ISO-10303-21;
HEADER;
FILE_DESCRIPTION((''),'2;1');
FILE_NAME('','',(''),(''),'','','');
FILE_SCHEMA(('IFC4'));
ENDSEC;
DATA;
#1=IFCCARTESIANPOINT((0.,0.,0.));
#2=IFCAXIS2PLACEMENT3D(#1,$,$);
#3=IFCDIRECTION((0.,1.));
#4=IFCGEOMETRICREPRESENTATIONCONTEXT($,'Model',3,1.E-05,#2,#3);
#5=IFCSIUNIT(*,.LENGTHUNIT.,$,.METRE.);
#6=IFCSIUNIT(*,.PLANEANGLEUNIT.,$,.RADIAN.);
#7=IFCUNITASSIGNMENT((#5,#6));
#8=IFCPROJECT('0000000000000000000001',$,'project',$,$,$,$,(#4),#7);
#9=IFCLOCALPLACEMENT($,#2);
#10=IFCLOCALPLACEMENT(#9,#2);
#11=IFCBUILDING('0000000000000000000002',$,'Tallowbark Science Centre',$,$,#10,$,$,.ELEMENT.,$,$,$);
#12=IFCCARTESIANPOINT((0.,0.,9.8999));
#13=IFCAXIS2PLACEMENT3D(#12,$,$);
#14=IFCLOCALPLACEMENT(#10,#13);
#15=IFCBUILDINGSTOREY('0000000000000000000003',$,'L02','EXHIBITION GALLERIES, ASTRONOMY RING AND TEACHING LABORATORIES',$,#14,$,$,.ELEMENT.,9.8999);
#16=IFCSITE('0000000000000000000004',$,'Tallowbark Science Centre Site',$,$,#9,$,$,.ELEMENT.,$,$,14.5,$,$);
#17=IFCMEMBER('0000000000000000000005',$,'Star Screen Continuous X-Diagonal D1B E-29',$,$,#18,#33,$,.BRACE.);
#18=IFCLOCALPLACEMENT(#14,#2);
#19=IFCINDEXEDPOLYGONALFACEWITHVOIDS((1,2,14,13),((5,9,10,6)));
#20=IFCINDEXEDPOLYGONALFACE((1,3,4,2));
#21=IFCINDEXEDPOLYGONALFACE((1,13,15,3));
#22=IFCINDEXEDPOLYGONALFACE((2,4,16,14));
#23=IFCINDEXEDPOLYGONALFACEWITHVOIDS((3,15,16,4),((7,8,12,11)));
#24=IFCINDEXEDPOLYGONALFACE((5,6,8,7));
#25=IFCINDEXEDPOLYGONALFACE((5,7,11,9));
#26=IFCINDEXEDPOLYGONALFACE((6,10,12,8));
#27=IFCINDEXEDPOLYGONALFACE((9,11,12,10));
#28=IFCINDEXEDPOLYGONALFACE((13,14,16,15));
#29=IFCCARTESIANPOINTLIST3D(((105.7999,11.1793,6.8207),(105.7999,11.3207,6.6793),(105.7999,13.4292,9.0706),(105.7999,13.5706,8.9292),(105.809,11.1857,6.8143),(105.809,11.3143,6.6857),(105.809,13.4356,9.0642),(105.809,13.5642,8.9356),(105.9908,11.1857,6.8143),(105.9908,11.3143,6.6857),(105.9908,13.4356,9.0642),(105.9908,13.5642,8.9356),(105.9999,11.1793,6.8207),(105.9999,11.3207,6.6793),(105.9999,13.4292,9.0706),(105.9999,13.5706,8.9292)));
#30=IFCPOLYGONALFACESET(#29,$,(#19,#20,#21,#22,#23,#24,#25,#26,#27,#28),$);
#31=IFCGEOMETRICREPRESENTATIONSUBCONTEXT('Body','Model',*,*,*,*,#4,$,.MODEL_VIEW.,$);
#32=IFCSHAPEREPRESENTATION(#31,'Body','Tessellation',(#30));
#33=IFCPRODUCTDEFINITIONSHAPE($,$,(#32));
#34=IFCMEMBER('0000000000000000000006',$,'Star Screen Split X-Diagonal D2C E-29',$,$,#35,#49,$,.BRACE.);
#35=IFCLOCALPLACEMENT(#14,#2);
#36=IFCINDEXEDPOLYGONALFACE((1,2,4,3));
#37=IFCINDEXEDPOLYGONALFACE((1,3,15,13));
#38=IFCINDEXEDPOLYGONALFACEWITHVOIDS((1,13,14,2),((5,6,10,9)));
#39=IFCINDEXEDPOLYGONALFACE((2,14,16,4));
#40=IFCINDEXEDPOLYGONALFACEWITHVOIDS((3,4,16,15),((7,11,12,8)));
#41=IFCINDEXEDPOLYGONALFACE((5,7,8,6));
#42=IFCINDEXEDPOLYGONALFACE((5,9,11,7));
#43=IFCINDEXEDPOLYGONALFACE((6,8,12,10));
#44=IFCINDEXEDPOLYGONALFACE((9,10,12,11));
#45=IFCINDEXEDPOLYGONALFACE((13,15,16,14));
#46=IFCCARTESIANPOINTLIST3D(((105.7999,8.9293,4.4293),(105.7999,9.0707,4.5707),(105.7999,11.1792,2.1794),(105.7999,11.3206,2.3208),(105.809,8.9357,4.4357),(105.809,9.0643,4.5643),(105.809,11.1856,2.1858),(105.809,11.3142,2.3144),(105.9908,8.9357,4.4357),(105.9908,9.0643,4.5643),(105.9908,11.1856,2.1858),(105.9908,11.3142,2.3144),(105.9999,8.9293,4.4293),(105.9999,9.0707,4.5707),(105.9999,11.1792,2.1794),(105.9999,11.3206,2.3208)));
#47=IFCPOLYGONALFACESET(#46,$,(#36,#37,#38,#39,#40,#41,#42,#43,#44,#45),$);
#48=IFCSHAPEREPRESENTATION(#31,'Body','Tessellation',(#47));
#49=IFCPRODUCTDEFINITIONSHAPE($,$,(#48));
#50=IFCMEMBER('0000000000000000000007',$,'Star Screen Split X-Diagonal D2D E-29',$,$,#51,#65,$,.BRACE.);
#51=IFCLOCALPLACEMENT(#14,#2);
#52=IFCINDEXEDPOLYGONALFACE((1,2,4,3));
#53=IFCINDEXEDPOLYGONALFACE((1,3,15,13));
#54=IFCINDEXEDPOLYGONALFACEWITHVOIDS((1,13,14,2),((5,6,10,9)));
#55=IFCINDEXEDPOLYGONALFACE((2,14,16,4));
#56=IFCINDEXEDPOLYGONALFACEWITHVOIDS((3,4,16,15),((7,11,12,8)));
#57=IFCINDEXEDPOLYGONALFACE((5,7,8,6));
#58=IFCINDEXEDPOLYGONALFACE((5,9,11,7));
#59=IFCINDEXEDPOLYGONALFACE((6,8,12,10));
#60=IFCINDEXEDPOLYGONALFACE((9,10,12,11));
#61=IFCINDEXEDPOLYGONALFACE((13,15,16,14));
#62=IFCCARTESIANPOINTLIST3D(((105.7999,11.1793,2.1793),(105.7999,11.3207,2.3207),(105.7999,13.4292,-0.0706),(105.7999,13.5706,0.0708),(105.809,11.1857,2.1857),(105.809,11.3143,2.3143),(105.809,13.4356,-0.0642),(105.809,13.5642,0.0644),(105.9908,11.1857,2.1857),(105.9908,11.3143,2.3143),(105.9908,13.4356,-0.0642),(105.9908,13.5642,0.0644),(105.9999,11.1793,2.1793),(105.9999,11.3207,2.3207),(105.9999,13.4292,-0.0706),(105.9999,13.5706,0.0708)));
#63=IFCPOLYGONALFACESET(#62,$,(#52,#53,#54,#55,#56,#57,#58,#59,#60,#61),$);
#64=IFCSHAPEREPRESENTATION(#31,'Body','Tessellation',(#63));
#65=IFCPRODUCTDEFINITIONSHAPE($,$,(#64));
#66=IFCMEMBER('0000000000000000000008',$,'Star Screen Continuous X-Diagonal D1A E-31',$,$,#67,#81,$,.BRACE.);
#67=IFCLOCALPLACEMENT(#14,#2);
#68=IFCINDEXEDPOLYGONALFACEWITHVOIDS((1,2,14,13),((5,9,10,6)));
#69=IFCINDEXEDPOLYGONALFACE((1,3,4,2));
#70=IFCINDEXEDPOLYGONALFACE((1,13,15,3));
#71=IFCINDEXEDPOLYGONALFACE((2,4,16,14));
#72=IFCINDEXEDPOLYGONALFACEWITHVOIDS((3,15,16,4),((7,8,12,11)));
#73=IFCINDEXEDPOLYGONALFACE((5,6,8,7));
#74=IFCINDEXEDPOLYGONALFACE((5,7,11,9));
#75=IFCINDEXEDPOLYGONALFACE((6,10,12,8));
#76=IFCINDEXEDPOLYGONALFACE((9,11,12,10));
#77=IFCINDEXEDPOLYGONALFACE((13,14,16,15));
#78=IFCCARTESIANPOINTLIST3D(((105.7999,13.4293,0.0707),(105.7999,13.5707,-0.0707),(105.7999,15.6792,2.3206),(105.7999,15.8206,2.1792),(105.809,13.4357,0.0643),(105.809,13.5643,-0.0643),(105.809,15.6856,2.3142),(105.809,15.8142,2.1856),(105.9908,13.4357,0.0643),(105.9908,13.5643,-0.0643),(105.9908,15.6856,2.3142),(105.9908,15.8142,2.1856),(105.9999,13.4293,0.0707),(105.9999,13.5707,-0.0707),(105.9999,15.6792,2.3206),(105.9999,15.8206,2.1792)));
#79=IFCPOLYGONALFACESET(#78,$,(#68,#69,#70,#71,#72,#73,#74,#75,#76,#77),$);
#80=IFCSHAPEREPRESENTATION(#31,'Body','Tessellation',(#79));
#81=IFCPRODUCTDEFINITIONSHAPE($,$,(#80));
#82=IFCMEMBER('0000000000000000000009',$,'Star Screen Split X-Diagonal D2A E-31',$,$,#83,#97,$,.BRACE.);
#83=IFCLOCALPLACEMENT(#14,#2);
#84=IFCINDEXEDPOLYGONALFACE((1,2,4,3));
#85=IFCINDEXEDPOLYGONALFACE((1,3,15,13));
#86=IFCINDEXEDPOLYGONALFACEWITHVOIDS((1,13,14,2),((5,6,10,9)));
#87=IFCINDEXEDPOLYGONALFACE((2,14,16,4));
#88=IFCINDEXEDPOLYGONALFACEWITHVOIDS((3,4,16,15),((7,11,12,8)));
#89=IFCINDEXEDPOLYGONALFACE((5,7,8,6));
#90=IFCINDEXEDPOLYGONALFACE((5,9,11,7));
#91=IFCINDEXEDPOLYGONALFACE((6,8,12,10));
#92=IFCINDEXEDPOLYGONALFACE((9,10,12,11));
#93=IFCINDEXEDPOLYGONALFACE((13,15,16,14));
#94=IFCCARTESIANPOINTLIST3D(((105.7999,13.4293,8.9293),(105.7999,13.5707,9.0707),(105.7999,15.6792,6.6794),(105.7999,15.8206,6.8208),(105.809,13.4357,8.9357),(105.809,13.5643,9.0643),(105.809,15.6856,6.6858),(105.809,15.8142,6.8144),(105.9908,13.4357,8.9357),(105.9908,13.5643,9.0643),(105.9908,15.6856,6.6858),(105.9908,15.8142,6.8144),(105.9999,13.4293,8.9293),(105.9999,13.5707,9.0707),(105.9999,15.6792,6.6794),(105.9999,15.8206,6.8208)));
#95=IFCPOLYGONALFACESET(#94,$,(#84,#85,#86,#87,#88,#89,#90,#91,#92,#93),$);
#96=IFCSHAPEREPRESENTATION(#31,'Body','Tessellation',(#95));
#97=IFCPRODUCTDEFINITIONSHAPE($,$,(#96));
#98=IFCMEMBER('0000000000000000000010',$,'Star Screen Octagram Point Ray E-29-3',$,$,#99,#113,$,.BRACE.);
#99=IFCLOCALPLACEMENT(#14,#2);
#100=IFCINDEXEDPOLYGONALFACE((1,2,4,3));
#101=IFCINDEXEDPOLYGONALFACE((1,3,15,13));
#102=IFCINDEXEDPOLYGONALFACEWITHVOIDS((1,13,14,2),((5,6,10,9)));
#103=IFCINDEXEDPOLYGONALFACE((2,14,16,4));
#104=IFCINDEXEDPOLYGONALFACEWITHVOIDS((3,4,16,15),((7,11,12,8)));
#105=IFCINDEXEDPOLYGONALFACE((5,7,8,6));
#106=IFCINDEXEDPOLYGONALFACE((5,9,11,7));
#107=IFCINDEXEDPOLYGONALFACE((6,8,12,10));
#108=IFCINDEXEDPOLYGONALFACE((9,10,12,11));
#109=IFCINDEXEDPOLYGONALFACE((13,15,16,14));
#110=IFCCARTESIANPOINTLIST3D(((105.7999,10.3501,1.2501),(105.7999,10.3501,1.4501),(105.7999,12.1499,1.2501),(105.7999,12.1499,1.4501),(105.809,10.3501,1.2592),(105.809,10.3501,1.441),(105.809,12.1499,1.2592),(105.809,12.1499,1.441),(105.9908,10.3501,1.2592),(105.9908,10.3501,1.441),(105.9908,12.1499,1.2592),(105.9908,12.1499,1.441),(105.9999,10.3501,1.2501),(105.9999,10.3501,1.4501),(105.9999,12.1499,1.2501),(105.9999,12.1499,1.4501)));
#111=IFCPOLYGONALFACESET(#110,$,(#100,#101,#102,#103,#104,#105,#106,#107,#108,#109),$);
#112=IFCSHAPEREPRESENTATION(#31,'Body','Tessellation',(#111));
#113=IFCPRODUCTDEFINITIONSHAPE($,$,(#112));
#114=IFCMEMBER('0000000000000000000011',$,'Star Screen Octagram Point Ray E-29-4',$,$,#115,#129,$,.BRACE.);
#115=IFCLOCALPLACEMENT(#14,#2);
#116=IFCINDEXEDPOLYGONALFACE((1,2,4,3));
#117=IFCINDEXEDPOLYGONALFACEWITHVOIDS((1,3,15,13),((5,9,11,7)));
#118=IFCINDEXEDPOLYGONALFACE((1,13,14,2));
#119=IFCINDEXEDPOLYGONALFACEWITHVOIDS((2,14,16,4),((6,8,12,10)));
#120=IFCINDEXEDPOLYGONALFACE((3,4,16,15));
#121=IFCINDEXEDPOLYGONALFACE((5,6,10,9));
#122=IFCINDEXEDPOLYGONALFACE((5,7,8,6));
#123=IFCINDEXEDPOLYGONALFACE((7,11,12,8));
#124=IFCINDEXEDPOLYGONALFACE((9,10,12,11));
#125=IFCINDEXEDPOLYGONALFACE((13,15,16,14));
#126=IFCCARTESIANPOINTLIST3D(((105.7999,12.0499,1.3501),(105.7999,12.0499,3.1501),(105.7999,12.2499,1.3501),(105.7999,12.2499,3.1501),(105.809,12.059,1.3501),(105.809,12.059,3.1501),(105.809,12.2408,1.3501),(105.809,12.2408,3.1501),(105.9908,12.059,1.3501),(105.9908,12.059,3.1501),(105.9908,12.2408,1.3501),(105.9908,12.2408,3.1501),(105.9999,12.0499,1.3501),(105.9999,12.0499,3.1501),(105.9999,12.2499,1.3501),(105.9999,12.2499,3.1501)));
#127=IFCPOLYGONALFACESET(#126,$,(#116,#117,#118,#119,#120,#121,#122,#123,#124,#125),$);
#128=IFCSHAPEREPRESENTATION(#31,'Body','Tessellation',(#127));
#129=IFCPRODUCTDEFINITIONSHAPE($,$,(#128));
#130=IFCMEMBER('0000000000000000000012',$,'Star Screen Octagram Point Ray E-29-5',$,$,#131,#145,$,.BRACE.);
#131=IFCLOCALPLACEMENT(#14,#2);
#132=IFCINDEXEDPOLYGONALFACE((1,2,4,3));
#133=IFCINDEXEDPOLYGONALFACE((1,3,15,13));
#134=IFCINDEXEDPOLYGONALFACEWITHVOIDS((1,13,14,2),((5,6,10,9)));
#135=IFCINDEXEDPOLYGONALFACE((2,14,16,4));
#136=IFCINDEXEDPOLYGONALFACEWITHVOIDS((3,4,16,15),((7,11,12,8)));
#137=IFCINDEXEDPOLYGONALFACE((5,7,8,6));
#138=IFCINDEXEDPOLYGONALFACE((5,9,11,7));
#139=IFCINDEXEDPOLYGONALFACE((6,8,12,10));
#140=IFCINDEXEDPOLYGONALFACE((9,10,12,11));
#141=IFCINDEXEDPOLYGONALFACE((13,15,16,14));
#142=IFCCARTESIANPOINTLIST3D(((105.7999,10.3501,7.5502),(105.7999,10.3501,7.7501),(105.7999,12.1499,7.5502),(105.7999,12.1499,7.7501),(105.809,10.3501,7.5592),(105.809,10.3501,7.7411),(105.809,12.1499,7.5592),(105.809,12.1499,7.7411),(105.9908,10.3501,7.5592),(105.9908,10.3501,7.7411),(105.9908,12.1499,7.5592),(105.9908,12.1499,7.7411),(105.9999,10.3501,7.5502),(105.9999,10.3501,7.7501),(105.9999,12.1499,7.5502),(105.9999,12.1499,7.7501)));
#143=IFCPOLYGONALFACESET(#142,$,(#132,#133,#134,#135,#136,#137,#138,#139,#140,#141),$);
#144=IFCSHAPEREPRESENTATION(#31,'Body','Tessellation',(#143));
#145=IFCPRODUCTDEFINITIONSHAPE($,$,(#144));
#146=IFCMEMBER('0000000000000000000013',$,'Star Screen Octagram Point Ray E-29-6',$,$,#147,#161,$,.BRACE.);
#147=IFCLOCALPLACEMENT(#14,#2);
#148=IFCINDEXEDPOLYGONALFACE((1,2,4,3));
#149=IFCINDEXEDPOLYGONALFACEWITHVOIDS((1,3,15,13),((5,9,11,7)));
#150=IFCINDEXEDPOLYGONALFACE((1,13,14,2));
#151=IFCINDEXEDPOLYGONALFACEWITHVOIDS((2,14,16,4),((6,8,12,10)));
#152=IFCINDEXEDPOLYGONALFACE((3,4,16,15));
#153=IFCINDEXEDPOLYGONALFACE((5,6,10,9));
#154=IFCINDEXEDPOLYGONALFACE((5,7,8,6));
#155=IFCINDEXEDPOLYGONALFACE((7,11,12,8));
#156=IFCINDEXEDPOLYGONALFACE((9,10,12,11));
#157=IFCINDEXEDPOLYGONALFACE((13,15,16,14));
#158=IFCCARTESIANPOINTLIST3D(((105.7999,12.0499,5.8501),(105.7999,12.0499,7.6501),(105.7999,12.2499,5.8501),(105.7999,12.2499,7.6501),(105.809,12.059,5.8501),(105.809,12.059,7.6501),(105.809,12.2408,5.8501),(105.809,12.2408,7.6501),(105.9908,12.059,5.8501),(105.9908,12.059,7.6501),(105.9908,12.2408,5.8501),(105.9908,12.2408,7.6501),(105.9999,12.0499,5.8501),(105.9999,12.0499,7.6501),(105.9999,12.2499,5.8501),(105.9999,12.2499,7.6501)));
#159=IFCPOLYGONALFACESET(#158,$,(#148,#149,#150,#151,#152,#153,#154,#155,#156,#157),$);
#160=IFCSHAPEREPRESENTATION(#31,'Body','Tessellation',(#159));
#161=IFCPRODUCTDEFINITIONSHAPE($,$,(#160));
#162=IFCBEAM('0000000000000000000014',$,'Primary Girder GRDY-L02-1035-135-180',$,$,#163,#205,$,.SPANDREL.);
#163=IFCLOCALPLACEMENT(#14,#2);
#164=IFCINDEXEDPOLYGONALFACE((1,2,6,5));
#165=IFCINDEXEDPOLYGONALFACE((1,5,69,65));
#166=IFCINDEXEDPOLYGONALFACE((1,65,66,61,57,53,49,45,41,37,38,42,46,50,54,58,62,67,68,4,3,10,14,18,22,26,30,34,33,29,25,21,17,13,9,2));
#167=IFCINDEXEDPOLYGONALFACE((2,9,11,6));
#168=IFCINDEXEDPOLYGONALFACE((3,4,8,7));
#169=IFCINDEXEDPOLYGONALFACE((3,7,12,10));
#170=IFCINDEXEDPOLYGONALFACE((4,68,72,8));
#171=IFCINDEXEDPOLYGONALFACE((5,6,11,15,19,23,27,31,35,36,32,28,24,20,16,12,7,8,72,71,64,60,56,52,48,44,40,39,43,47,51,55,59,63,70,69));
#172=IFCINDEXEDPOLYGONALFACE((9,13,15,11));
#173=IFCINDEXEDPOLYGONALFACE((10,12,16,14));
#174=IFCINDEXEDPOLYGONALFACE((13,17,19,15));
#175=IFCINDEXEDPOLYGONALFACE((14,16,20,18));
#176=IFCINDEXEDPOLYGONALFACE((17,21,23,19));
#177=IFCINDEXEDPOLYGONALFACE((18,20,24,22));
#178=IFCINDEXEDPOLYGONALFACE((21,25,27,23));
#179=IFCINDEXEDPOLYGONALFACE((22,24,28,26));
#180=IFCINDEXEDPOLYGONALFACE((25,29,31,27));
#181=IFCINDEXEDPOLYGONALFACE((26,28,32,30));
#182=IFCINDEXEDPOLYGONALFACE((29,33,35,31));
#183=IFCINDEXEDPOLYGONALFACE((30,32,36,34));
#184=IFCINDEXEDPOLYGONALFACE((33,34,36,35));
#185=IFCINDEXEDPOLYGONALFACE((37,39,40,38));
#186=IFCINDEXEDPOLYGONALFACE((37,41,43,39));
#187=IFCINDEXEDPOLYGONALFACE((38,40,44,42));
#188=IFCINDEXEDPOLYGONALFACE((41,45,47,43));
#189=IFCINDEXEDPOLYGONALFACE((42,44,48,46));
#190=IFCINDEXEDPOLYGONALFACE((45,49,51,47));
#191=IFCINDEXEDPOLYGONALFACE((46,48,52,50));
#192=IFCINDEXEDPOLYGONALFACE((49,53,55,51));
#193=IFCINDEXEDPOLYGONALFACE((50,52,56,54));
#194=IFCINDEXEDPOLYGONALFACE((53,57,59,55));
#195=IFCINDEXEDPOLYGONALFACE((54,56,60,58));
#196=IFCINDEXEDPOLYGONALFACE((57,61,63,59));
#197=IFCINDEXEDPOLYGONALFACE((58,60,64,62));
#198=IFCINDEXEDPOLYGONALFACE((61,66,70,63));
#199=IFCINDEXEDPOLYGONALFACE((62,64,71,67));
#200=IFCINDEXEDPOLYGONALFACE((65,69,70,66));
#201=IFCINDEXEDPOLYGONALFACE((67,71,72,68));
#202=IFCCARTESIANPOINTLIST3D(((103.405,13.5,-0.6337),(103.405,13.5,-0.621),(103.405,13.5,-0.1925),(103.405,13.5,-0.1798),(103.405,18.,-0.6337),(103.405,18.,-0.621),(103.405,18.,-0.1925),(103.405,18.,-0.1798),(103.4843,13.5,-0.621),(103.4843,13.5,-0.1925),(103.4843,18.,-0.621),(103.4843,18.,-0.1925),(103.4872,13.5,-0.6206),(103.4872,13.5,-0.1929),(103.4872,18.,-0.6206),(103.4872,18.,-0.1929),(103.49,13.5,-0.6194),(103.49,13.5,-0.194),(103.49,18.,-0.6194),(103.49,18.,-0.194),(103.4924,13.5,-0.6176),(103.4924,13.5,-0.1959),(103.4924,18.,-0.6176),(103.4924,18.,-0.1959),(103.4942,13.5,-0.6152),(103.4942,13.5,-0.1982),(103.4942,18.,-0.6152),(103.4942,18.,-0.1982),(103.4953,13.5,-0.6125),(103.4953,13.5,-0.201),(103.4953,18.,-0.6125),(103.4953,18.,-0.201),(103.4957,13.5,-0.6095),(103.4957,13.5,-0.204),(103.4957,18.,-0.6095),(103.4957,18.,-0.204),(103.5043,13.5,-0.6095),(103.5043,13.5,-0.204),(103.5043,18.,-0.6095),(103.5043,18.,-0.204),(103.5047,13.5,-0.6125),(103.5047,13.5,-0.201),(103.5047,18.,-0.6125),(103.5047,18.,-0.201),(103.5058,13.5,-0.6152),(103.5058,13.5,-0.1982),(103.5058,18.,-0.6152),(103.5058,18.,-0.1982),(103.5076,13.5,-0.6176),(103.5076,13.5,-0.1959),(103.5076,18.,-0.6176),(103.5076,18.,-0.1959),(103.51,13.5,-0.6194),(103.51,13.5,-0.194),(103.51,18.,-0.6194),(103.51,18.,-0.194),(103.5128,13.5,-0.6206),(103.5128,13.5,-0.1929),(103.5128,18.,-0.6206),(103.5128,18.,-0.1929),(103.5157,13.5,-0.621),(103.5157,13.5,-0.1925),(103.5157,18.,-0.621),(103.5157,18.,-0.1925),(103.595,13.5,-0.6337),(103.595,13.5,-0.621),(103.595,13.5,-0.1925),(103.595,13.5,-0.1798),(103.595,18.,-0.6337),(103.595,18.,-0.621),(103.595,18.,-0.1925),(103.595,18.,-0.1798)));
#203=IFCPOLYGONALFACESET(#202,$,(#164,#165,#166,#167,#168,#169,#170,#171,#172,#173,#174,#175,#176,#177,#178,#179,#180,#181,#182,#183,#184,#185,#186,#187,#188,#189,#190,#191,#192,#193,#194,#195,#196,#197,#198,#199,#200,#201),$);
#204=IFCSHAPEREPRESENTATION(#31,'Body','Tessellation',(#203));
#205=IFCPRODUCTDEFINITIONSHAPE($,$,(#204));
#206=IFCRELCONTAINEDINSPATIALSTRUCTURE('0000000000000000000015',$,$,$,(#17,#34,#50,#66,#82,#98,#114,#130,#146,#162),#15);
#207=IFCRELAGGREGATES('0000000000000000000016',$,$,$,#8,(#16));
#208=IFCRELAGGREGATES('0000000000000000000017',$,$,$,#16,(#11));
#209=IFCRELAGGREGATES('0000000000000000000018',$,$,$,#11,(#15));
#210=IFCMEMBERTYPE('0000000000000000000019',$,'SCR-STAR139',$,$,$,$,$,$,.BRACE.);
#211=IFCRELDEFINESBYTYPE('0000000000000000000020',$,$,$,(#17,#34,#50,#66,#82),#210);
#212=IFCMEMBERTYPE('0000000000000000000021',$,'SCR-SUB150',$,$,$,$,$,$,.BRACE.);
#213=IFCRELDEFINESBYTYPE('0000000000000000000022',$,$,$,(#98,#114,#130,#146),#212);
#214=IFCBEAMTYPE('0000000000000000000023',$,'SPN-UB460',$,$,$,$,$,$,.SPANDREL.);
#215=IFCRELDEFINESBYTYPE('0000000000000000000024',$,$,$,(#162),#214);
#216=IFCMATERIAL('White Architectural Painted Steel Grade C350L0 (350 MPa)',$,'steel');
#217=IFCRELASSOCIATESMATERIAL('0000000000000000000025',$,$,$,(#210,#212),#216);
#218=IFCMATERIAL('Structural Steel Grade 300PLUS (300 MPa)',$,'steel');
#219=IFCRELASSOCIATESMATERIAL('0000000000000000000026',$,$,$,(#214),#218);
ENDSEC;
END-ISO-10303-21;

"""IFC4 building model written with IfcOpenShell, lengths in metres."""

from ifc_helpers import new_model, si_unit, direction, frame, origin, origin_2d, place, context, subcontext, project, spatial, hollow_rectangle, i_section, extrude, material, material_profile, profile_set, type_object, element, save


model = new_model("IFC4")

# Units and contexts
model_context = context("Model", 3, precision=1e-05, world=origin(), true_north=direction((0.0, 1.0)))
body_context = subcontext(model_context, "Body", "Model", "MODEL_VIEW")
ifc_project = project(units=[si_unit("LENGTHUNIT", "METRE"), si_unit("PLANEANGLEUNIT", "RADIAN")], contexts=[model_context])

# Site, building, storey
site_placement = place(None, origin())
site = spatial("IfcSite", under=ifc_project, at=site_placement, Name="Tallowbark Science Centre Site", CompositionType="ELEMENT", RefElevation=14.5)
building_placement = place(site_placement, origin())
building = spatial("IfcBuilding", under=site, at=building_placement, Name="Tallowbark Science Centre", CompositionType="ELEMENT")
storey_placement = place(building_placement, frame((0.0, 0.0, 9.8999)))
storey = spatial("IfcBuildingStorey", under=building, at=storey_placement, Name="L02", Description="EXHIBITION GALLERIES, ASTRONOMY RING AND TEACHING LABORATORIES", CompositionType="ELEMENT", Elevation=9.8999)

# Shared definitions
ifc_material_1 = material(Name="White Architectural Painted Steel Grade C350L0 (350 MPa)", Category="steel")
ifc_material_2 = material(Name="Structural Steel Grade 300PLUS (300 MPa)", Category="steel")

# Members
ifc_material_profile_1 = material_profile(ifc_material_1, hollow_rectangle(XDim=0.2, YDim=0.2, WallThickness=0.009, at=origin_2d()), Name="200x200x9.0SHS")
ifc_profile_set_1 = profile_set([ifc_material_profile_1], Name="White Architectural Painted Steel Grade C350L0 (350 MPa)")
member_type_1 = type_object("IfcMemberType", Name="SCR-STAR139", PredefinedType="BRACE", material=ifc_profile_set_1)
for number, where, z_axis, x_axis, name in (
    (1, (105.8999, 11.25, 6.75), (0.0, 0.707107, 0.707107), (-1.0, 0.0, 0.0), "Star Screen Continuous X-Diagonal D1B E-29"),
    (2, (105.8999, 9.0, 4.5), (0.0, 0.707107, -0.707107), (-1.0, 0.0, 0.0), "Star Screen Split X-Diagonal D2C E-29"),
    (3, (105.8999, 11.25, 2.25), (0.0, 0.707107, -0.707107), (-1.0, 0.0, 0.0), "Star Screen Split X-Diagonal D2D E-29"),
    (4, (105.8999, 13.5, 0.0), (0.0, 0.707107, 0.707107), (-1.0, 0.0, 0.0), "Star Screen Continuous X-Diagonal D1A E-31"),
    (5, (105.8999, 13.5, 9.0), (0.0, 0.707107, -0.707107), (-1.0, 0.0, 0.0), "Star Screen Split X-Diagonal D2A E-31"),
):
    element("IfcMember", number, at=place(storey_placement, frame(where, z_axis=z_axis, x_axis=x_axis)), inside=storey, type_object=member_type_1, Name=name, PredefinedType="BRACE", context=body_context, shape_type="SweptSolid", body=[
        extrude(hollow_rectangle(XDim=0.2, YDim=0.2, WallThickness=0.009, at=origin_2d()), origin(), (0.0, 0.0, 1.0), 3.1819),
    ])
ifc_material_profile_2 = material_profile(ifc_material_1, hollow_rectangle(XDim=0.2, YDim=0.2, WallThickness=0.009, at=origin_2d()), Name="200x200x9.0SHS")
ifc_profile_set_2 = profile_set([ifc_material_profile_2], Name="White Architectural Painted Steel Grade C350L0 (350 MPa)")
member_type_2 = type_object("IfcMemberType", Name="SCR-SUB150", PredefinedType="BRACE", material=ifc_profile_set_2)
member_1_placement = place(storey_placement, frame((105.8999, 12.1499, 1.3501), z_axis=(0.0, -1.0, 0.0), x_axis=(1.0, 0.0, 0.0)))
element("IfcMember", 6, at=member_1_placement, inside=storey, type_object=member_type_2, Name="Star Screen Octagram Point Ray E-29-3", PredefinedType="BRACE", context=body_context, shape_type="SweptSolid", body=[
    extrude(hollow_rectangle(XDim=0.2, YDim=0.2, WallThickness=0.009, at=origin_2d()), origin(), (0.0, 0.0, 1.0), 1.7998),
])
member_2_placement = place(storey_placement, frame((105.8999, 12.1499, 1.3501), z_axis=(0.0, 0.0, 1.0), x_axis=(1.0, 0.0, 0.0)))
element("IfcMember", 7, at=member_2_placement, inside=storey, type_object=member_type_2, Name="Star Screen Octagram Point Ray E-29-4", PredefinedType="BRACE", context=body_context, shape_type="SweptSolid", body=[
    extrude(hollow_rectangle(XDim=0.2, YDim=0.2, WallThickness=0.009, at=origin_2d()), origin(), (0.0, 0.0, 1.0), 1.8),
])
member_3_placement = place(storey_placement, frame((105.8999, 12.1499, 7.6501), z_axis=(0.0, -1.0, 0.0), x_axis=(1.0, 0.0, 0.0)))
element("IfcMember", 8, at=member_3_placement, inside=storey, type_object=member_type_2, Name="Star Screen Octagram Point Ray E-29-5", PredefinedType="BRACE", context=body_context, shape_type="SweptSolid", body=[
    extrude(hollow_rectangle(XDim=0.2, YDim=0.2, WallThickness=0.009, at=origin_2d()), origin(), (0.0, 0.0, 1.0), 1.7998),
])
member_4_placement = place(storey_placement, frame((105.8999, 12.1499, 7.6501), z_axis=(0.0, 0.0, -1.0), x_axis=(1.0, 0.0, 0.0)))
element("IfcMember", 9, at=member_4_placement, inside=storey, type_object=member_type_2, Name="Star Screen Octagram Point Ray E-29-6", PredefinedType="BRACE", context=body_context, shape_type="SweptSolid", body=[
    extrude(hollow_rectangle(XDim=0.2, YDim=0.2, WallThickness=0.009, at=origin_2d()), origin(), (0.0, 0.0, 1.0), 1.8),
])

# Beam
ifc_material_profile_3 = material_profile(ifc_material_2, i_section(OverallWidth=0.1899, OverallDepth=0.4539, WebThickness=0.0085, FlangeThickness=0.0127, FilletRadius=0.0115, at=origin_2d()), Name="460UB67.1")
ifc_profile_set_3 = profile_set([ifc_material_profile_3], Name="Structural Steel Grade 300PLUS (300 MPa)")
beam_type_1 = type_object("IfcBeamType", Name="SPN-UB460", PredefinedType="SPANDREL", material=ifc_profile_set_3)
beam_1_placement = place(storey_placement, frame((103.5, 13.5, -0.4067), z_axis=(0.0, 1.0, 0.0), x_axis=(-1.0, 0.0, 0.0)))
element("IfcBeam", 10, at=beam_1_placement, inside=storey, type_object=beam_type_1, Name="Primary Girder GRDY-L02-1035-135-180", PredefinedType="SPANDREL", context=body_context, shape_type="SweptSolid", body=[
    extrude(i_section(OverallWidth=0.1899, OverallDepth=0.4539, WebThickness=0.0085, FlangeThickness=0.0127, FilletRadius=0.0115, at=origin_2d()), origin(), (0.0, 0.0, 1.0), 4.5),
])

save(model, "model.ifc")
